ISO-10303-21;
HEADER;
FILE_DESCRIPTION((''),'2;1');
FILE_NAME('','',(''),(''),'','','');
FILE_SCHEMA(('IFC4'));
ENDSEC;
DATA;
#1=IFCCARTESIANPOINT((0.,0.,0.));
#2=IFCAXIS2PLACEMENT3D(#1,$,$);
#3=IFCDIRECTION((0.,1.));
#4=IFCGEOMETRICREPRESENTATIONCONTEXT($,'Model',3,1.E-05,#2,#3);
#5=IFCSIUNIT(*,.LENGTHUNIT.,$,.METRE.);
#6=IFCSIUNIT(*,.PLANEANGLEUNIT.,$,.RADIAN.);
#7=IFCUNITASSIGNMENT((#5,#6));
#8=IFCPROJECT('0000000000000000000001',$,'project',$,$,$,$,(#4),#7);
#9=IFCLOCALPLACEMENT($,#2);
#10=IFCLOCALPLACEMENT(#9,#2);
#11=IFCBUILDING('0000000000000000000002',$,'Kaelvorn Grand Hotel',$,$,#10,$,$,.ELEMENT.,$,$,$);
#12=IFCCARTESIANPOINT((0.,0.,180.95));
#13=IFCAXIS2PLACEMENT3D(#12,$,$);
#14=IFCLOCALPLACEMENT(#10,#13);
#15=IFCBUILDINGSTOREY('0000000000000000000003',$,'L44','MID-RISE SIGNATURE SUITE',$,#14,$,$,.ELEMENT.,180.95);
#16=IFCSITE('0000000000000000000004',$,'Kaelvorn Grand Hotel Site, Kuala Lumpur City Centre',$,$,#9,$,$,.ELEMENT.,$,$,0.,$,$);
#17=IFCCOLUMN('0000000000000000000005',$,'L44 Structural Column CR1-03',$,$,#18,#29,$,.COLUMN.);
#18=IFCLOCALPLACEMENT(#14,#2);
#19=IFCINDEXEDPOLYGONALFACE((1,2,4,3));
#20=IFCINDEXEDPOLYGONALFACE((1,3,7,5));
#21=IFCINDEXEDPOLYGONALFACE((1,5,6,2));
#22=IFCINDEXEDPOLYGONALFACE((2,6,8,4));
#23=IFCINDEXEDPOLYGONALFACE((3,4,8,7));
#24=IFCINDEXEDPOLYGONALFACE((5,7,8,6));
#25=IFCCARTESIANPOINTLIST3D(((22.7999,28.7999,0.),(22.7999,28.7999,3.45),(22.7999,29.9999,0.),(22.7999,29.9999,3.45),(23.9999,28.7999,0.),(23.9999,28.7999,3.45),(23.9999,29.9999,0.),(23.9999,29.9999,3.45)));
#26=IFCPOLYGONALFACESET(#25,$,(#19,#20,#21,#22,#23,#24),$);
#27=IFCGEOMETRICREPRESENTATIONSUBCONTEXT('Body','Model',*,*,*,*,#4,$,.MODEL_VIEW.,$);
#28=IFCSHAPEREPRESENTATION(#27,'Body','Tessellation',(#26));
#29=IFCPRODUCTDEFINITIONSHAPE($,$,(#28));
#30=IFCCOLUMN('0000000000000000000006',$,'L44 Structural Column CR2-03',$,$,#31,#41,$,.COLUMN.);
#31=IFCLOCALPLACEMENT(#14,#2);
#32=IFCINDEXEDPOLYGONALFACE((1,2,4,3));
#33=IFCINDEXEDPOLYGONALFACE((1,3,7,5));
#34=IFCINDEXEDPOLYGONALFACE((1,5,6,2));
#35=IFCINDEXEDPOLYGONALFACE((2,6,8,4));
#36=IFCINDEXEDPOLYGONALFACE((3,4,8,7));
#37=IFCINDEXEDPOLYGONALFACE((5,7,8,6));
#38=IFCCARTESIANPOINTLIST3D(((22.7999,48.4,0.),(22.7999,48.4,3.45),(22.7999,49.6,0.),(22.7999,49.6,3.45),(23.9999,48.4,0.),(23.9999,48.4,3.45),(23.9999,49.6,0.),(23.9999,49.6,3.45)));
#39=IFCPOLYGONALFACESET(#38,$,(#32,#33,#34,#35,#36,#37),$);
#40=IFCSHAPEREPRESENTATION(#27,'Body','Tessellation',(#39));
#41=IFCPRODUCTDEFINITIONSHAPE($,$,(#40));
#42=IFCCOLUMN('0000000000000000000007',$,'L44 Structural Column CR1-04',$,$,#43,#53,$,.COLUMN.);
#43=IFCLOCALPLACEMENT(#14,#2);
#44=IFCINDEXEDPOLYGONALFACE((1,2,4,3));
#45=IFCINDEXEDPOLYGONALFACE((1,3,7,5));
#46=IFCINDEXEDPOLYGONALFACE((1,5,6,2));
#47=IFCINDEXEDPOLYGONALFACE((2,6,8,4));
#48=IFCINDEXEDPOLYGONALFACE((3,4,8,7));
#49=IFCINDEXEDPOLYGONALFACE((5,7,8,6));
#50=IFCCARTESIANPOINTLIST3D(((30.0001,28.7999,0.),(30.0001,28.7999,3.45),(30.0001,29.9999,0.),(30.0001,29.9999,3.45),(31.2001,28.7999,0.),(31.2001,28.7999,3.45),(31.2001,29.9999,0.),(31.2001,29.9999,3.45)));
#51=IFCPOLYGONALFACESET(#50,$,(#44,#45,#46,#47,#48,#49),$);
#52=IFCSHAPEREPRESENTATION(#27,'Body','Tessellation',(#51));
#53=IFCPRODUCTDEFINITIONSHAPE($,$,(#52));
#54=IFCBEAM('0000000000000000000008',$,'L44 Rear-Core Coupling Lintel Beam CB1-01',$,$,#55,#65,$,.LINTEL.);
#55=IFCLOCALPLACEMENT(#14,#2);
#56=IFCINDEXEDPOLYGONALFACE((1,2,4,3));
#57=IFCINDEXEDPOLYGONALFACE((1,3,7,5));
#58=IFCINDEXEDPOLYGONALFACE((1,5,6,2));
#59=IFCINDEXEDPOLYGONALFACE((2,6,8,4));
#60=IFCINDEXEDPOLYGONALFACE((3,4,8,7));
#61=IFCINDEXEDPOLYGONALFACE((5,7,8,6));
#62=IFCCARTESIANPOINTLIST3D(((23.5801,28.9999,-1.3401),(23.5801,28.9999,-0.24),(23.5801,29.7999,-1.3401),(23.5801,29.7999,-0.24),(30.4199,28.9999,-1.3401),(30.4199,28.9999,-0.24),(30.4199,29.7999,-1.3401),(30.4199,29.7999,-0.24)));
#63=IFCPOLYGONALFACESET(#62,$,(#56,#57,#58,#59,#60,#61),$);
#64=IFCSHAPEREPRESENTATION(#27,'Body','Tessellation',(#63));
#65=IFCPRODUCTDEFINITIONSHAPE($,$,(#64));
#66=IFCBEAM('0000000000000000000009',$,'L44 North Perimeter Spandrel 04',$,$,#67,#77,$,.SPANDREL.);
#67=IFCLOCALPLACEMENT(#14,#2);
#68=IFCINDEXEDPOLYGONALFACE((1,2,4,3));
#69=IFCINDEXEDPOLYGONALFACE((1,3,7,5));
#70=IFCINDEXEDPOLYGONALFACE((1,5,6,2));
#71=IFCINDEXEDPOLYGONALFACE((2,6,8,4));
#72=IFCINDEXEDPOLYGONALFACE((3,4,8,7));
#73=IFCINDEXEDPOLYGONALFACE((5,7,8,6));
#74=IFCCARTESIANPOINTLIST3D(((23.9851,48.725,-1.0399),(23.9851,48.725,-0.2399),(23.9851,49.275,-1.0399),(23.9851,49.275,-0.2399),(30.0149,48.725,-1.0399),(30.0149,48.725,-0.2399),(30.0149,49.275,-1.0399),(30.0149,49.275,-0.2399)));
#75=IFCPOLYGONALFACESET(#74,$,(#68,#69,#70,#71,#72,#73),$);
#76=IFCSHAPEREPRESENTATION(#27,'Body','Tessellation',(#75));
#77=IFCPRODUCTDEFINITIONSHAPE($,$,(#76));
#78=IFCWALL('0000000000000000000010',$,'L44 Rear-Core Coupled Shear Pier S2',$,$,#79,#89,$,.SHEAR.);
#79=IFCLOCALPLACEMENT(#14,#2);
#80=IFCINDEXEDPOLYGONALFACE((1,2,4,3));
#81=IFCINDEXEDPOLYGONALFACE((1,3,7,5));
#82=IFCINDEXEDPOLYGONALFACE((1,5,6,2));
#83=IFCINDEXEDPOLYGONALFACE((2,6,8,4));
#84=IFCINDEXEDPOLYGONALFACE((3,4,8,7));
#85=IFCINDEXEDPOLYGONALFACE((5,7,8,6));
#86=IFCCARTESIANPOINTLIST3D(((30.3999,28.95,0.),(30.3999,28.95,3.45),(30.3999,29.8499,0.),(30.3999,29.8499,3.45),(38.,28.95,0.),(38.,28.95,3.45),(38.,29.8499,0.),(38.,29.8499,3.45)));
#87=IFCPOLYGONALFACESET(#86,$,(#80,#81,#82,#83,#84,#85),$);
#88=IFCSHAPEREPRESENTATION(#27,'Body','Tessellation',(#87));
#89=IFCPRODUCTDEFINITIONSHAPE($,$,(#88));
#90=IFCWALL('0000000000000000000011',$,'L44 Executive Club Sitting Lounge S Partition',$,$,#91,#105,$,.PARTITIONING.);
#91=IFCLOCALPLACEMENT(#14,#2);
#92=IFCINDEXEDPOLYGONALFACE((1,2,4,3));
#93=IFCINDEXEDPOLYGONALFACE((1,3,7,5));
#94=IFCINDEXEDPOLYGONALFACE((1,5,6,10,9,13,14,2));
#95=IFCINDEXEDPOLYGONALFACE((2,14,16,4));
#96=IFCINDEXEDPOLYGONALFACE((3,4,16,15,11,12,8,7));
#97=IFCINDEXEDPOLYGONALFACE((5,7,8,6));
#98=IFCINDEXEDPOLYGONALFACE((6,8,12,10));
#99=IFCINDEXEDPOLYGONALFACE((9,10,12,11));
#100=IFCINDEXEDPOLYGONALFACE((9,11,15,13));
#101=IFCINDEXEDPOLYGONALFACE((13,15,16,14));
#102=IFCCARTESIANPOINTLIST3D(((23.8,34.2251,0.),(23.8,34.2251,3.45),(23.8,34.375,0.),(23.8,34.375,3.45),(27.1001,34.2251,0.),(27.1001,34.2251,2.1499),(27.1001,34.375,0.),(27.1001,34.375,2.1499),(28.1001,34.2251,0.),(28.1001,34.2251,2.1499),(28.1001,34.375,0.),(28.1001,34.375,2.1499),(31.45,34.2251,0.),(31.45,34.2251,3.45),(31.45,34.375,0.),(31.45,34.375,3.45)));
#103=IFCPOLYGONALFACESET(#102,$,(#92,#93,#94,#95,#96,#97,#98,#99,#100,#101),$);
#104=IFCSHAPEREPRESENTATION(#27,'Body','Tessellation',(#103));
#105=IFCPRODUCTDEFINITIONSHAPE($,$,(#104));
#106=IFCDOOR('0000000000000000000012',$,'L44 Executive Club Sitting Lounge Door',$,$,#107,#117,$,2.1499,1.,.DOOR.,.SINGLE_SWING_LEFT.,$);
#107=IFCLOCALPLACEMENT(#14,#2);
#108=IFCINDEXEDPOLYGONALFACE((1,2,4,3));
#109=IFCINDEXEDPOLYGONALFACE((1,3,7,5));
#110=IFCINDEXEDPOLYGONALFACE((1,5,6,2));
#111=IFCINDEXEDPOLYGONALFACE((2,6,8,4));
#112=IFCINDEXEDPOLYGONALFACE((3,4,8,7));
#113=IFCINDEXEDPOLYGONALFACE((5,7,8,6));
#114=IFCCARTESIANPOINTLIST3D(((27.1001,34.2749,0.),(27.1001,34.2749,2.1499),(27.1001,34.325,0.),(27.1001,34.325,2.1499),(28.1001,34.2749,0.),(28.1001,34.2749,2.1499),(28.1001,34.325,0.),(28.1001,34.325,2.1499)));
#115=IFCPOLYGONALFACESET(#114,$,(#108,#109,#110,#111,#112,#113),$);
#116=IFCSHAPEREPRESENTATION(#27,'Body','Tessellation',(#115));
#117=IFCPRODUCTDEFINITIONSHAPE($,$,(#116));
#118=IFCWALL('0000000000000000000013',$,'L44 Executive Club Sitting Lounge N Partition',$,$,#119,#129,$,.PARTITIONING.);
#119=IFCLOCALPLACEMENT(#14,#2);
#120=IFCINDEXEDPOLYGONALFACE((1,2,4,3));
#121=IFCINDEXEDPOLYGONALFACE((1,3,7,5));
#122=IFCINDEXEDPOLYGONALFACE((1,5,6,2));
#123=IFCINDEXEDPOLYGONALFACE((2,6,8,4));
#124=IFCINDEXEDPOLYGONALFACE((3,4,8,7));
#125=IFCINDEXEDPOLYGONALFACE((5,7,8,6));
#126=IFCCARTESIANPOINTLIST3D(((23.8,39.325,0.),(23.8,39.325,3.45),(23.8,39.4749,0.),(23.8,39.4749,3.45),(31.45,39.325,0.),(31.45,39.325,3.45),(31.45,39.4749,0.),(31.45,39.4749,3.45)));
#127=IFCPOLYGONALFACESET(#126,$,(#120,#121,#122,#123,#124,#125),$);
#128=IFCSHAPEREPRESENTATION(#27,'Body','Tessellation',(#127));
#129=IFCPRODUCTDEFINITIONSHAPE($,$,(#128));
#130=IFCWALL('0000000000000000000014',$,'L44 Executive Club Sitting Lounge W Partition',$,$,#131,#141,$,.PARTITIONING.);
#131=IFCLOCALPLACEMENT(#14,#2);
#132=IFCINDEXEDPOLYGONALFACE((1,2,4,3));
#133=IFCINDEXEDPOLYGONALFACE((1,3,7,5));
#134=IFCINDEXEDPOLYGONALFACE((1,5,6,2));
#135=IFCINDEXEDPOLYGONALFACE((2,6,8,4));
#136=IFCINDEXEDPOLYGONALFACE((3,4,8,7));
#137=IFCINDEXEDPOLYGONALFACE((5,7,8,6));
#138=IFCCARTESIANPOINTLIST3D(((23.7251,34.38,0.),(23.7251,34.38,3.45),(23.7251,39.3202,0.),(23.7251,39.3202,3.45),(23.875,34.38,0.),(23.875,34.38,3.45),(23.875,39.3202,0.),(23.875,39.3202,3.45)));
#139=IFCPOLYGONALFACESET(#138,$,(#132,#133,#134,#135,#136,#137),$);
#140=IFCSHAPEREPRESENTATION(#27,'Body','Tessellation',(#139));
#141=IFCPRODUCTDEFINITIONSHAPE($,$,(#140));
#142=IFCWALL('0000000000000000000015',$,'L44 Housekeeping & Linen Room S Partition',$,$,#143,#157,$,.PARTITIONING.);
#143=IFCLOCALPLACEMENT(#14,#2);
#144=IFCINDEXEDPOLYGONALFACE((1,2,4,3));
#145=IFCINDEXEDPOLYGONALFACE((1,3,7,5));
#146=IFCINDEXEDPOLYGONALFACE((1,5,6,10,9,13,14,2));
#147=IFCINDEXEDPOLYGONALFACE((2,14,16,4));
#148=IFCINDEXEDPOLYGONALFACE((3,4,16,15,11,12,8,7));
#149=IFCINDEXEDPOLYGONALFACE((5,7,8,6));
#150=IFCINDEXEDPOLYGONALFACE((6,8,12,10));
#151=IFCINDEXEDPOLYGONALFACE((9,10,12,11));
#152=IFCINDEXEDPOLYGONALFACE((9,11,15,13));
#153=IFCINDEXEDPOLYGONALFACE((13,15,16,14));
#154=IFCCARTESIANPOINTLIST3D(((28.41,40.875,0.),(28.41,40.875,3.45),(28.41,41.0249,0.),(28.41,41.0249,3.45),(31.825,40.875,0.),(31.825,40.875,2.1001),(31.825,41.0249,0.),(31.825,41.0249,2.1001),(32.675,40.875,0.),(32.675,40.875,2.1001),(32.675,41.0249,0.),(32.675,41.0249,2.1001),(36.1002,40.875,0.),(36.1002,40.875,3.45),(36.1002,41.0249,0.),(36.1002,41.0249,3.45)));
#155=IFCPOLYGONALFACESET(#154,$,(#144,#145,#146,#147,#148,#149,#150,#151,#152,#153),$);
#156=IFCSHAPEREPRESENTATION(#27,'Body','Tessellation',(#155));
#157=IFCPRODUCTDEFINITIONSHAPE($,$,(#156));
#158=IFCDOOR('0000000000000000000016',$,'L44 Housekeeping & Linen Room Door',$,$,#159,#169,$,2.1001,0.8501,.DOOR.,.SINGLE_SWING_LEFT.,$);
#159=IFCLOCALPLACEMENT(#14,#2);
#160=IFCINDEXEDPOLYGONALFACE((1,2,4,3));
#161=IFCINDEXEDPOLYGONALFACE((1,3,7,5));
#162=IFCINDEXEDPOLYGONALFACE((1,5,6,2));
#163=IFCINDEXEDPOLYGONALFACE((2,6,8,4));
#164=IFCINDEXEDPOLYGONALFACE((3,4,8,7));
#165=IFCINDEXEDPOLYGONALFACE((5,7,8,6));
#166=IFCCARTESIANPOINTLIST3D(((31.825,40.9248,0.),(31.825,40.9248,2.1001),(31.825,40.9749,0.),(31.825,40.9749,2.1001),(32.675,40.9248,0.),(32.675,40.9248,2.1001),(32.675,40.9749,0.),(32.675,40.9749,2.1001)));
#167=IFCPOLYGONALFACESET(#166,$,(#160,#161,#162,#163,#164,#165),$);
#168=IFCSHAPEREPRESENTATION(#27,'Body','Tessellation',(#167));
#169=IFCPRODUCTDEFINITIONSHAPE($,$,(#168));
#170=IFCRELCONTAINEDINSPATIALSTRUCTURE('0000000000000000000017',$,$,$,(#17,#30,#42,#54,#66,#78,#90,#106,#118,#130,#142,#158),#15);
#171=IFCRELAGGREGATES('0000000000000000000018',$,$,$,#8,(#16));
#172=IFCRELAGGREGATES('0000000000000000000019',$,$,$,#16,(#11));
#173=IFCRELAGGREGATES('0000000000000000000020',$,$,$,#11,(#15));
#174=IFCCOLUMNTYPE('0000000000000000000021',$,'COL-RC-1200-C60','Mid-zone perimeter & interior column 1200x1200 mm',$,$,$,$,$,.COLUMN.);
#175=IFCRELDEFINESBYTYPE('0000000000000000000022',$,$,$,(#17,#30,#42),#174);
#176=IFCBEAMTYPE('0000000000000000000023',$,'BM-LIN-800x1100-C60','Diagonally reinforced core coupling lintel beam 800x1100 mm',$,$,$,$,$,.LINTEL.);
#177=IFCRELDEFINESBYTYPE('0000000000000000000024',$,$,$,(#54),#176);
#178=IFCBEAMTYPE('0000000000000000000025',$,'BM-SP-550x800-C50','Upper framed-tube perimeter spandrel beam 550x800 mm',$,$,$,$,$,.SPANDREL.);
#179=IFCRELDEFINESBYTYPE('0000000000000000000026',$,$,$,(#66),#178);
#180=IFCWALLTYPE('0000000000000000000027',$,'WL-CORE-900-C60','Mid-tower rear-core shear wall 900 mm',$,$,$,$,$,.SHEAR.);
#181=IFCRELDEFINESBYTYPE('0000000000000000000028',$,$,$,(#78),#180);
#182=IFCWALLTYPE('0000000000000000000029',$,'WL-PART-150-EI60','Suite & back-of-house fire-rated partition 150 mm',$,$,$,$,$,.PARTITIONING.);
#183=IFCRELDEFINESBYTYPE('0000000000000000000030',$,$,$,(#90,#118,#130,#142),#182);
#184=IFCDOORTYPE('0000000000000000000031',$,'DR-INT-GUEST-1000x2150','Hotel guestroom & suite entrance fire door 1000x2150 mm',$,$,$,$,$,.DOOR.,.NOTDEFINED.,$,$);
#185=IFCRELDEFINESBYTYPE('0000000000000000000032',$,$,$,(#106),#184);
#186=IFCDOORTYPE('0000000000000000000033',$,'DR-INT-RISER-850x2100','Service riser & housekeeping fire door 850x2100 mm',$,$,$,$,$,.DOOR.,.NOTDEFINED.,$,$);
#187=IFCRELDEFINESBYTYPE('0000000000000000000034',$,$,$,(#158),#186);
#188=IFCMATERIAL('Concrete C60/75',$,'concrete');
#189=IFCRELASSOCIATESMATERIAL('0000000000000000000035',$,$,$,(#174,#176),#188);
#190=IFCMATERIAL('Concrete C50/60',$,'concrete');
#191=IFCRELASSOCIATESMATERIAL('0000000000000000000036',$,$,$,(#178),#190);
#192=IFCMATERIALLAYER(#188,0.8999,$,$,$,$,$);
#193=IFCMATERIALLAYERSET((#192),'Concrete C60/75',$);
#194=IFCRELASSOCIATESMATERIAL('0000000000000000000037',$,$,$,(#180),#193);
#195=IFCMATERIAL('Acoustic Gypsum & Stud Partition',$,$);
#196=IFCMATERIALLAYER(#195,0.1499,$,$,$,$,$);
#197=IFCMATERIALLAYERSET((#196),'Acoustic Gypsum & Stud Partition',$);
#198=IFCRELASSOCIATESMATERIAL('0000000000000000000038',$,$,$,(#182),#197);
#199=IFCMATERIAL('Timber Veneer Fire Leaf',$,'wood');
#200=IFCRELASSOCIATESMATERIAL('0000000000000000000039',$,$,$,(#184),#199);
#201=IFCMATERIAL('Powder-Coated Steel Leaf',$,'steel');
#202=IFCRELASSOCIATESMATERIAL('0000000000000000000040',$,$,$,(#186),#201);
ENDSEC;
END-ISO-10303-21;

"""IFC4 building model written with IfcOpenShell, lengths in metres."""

from ifc_helpers import new_model, si_unit, direction, frame, frame_2d, origin, origin_2d, place, context, subcontext, project, spatial, rectangle, extrude, material, layer, layer_set, material_profile, profile_set, type_object, element, fill, save


model = new_model("IFC4")

# Units and contexts
model_context = context("Model", 3, precision=1e-05, world=origin(), true_north=direction((0.0, 1.0)))
body_context = subcontext(model_context, "Body", "Model", "MODEL_VIEW")
ifc_project = project(units=[si_unit("LENGTHUNIT", "METRE"), si_unit("PLANEANGLEUNIT", "RADIAN")], contexts=[model_context])

# Site, building, storey
site_placement = place(None, origin())
site = spatial("IfcSite", under=ifc_project, at=site_placement, Name="Kaelvorn Grand Hotel Site, Kuala Lumpur City Centre", CompositionType="ELEMENT", RefElevation=0.0)
building_placement = place(site_placement, origin())
building = spatial("IfcBuilding", under=site, at=building_placement, Name="Kaelvorn Grand Hotel", CompositionType="ELEMENT")
storey_placement = place(building_placement, frame((0.0, 0.0, 180.95)))
storey = spatial("IfcBuildingStorey", under=building, at=storey_placement, Name="L44", Description="MID-RISE SIGNATURE SUITE", CompositionType="ELEMENT", Elevation=180.95)

# Columns
ifc_material_1 = material(Name="Concrete C60/75", Category="concrete")
ifc_material_profile_1 = material_profile(ifc_material_1, rectangle(XDim=1.2, YDim=1.2, at=origin_2d()), Name="RC COL 1200x1200")
ifc_profile_set_1 = profile_set([ifc_material_profile_1], Name="Concrete C60/75")
column_type = type_object("IfcColumnType", Name="COL-RC-1200-C60", Description="Mid-zone perimeter & interior column 1200x1200 mm", PredefinedType="COLUMN", material=ifc_profile_set_1)
for number, where, z_axis, x_axis, name in (
    (1, (23.3999, 29.3999, 0.0), (0.0, 0.0, 1.0), (1.0, 0.0, 0.0), "L44 Structural Column CR1-03"),
    (2, (23.3999, 49.0, 0.0), (0.0, 0.0, 1.0), (1.0, 0.0, 0.0), "L44 Structural Column CR2-03"),
    (3, (30.6001, 29.3999, 0.0), (0.0, 0.0, 1.0), (1.0, 0.0, 0.0), "L44 Structural Column CR1-04"),
):
    element("IfcColumn", number, at=place(storey_placement, frame(where, z_axis=z_axis, x_axis=x_axis)), inside=storey, type_object=column_type, Name=name, PredefinedType="COLUMN", context=body_context, shape_type="SweptSolid", body=[
        extrude(rectangle(XDim=1.2, YDim=1.2, at=origin_2d()), origin(), (0.0, 0.0, 1.0), 3.45),
    ])

# Beams
ifc_material_profile_2 = material_profile(ifc_material_1, rectangle(XDim=0.8, YDim=1.1001, at=origin_2d()), Name="RC LINTEL 800x1100")
ifc_profile_set_2 = profile_set([ifc_material_profile_2], Name="Concrete C60/75")
beam_type_1 = type_object("IfcBeamType", Name="BM-LIN-800x1100-C60", Description="Diagonally reinforced core coupling lintel beam 800x1100 mm", PredefinedType="LINTEL", material=ifc_profile_set_2)
beam_1_placement = place(storey_placement, frame((23.5801, 29.3999, -0.79), z_axis=(1.0, 0.0, 0.0), x_axis=(0.0, 1.0, 0.0)))
element("IfcBeam", 4, at=beam_1_placement, inside=storey, type_object=beam_type_1, Name="L44 Rear-Core Coupling Lintel Beam CB1-01", PredefinedType="LINTEL", context=body_context, shape_type="SweptSolid", body=[
    extrude(rectangle(XDim=0.8, YDim=1.1001, at=origin_2d()), origin(), (0.0, 0.0, 1.0), 6.8398),
])
ifc_material_2 = material(Name="Concrete C50/60", Category="concrete")
ifc_material_profile_3 = material_profile(ifc_material_2, rectangle(XDim=0.55, YDim=0.8, at=origin_2d()), Name="RC SPANDREL 550x800")
ifc_profile_set_3 = profile_set([ifc_material_profile_3], Name="Concrete C50/60")
beam_type_2 = type_object("IfcBeamType", Name="BM-SP-550x800-C50", Description="Upper framed-tube perimeter spandrel beam 550x800 mm", PredefinedType="SPANDREL", material=ifc_profile_set_3)
beam_2_placement = place(storey_placement, frame((23.9851, 49.0, -0.6399), z_axis=(1.0, 0.0, 0.0), x_axis=(0.0, 1.0, 0.0)))
element("IfcBeam", 5, at=beam_2_placement, inside=storey, type_object=beam_type_2, Name="L44 North Perimeter Spandrel 04", PredefinedType="SPANDREL", context=body_context, shape_type="SweptSolid", body=[
    extrude(rectangle(XDim=0.55, YDim=0.8, at=origin_2d()), origin(), (0.0, 0.0, 1.0), 6.0298),
])

# Wall
ifc_layer_1 = layer(ifc_material_1, 0.8999)
ifc_layer_set_1 = layer_set([ifc_layer_1], Name="Concrete C60/75")
wall_type_1 = type_object("IfcWallType", Name="WL-CORE-900-C60", Description="Mid-tower rear-core shear wall 900 mm", PredefinedType="SHEAR", material=ifc_layer_set_1)
wall_1_placement = place(storey_placement, frame((30.3999, 29.3999, 0.0), z_axis=(0.0, 0.0, 1.0), x_axis=(1.0, 0.0, 0.0)))
element("IfcWall", 6, at=wall_1_placement, inside=storey, type_object=wall_type_1, Name="L44 Rear-Core Coupled Shear Pier S2", PredefinedType="SHEAR", context=body_context, shape_type="SweptSolid", body=[
    extrude(rectangle(XDim=7.6001, YDim=0.8999, at=frame_2d((3.8, 0.0))), origin(), (0.0, 0.0, 1.0), 3.45),
])

# Wall, opening, door
ifc_material_3 = material(Name="Acoustic Gypsum & Stud Partition")
ifc_layer_2 = layer(ifc_material_3, 0.1499)
ifc_layer_set_2 = layer_set([ifc_layer_2], Name="Acoustic Gypsum & Stud Partition")
wall_type_2 = type_object("IfcWallType", Name="WL-PART-150-EI60", Description="Suite & back-of-house fire-rated partition 150 mm", PredefinedType="PARTITIONING", material=ifc_layer_set_2)
wall_2_placement = place(storey_placement, frame((23.8, 34.3, 0.0), z_axis=(0.0, 0.0, 1.0), x_axis=(1.0, 0.0, 0.0)))
wall_2 = element("IfcWall", 7, at=wall_2_placement, inside=storey, type_object=wall_type_2, Name="L44 Executive Club Sitting Lounge S Partition", PredefinedType="PARTITIONING", context=body_context, shape_type="SweptSolid", body=[
    extrude(rectangle(XDim=7.6499, YDim=0.1499, at=frame_2d((3.825, 0.0))), origin(), (0.0, 0.0, 1.0), 3.45),
])
opening_1_placement = place(wall_2_placement, frame((3.3, 0.0, 0.0)))
opening_1 = element("IfcOpeningElement", 8, at=opening_1_placement, cuts=wall_2, PredefinedType="OPENING", context=body_context, shape_type="SweptSolid", body=[
    extrude(rectangle(XDim=1.0, YDim=2.1499, at=frame_2d((0.5, 1.075))), frame((0.0, 0.085, 0.0), z_axis=(0.0, -1.0, 0.0), x_axis=(1.0, 0.0, 0.0)), (0.0, 0.0, 1.0), 0.1699),
])
ifc_material_4 = material(Name="Timber Veneer Fire Leaf", Category="wood")
door_type_1 = type_object("IfcDoorType", Name="DR-INT-GUEST-1000x2150", Description="Hotel guestroom & suite entrance fire door 1000x2150 mm", OperationType="NOTDEFINED", PredefinedType="DOOR", material=ifc_material_4)
door_1_placement = place(opening_1_placement, origin())
door_1 = element("IfcDoor", 9, at=door_1_placement, inside=storey, type_object=door_type_1, Name="L44 Executive Club Sitting Lounge Door", OperationType="SINGLE_SWING_LEFT", OverallHeight=2.1499, OverallWidth=1.0, PredefinedType="DOOR", context=body_context, shape_type="SweptSolid", body=[
    extrude(rectangle(XDim=1.0, YDim=2.1499, at=frame_2d((0.5, 1.075))), frame((0.0, 0.0249, 0.0), z_axis=(0.0, -1.0, 0.0), x_axis=(1.0, 0.0, 0.0)), (0.0, 0.0, 1.0), 0.05),
])
fill(opening_1, door_1)

# Walls
wall_3_placement = place(storey_placement, frame((23.8, 39.3999, 0.0), z_axis=(0.0, 0.0, 1.0), x_axis=(1.0, 0.0, 0.0)))
element("IfcWall", 10, at=wall_3_placement, inside=storey, type_object=wall_type_2, Name="L44 Executive Club Sitting Lounge N Partition", PredefinedType="PARTITIONING", context=body_context, shape_type="SweptSolid", body=[
    extrude(rectangle(XDim=7.6499, YDim=0.1499, at=frame_2d((3.825, 0.0))), origin(), (0.0, 0.0, 1.0), 3.45),
])
wall_4_placement = place(storey_placement, frame((23.8, 34.3799, 0.0), z_axis=(0.0, 0.0, 1.0), x_axis=(0.0, 1.0, 0.0)))
element("IfcWall", 11, at=wall_4_placement, inside=storey, type_object=wall_type_2, Name="L44 Executive Club Sitting Lounge W Partition", PredefinedType="PARTITIONING", context=body_context, shape_type="SweptSolid", body=[
    extrude(rectangle(XDim=4.9402, YDim=0.1499, at=frame_2d((2.4702, 0.0))), origin(), (0.0, 0.0, 1.0), 3.45),
])

# Wall, opening, door
wall_5_placement = place(storey_placement, frame((28.4099, 40.95, 0.0), z_axis=(0.0, 0.0, 1.0), x_axis=(1.0, 0.0, 0.0)))
wall_5 = element("IfcWall", 12, at=wall_5_placement, inside=storey, type_object=wall_type_2, Name="L44 Housekeeping & Linen Room S Partition", PredefinedType="PARTITIONING", context=body_context, shape_type="SweptSolid", body=[
    extrude(rectangle(XDim=7.6902, YDim=0.1499, at=frame_2d((3.8452, 0.0))), origin(), (0.0, 0.0, 1.0), 3.45),
])
opening_2_placement = place(wall_5_placement, frame((3.415, 0.0, 0.0)))
opening_2 = element("IfcOpeningElement", 13, at=opening_2_placement, cuts=wall_5, PredefinedType="OPENING", context=body_context, shape_type="SweptSolid", body=[
    extrude(rectangle(XDim=0.8501, YDim=2.1001, at=frame_2d((0.425, 1.05))), frame((0.0, 0.085, 0.0), z_axis=(0.0, -1.0, 0.0), x_axis=(1.0, 0.0, 0.0)), (0.0, 0.0, 1.0), 0.1699),
])
ifc_material_5 = material(Name="Powder-Coated Steel Leaf", Category="steel")
door_type_2 = type_object("IfcDoorType", Name="DR-INT-RISER-850x2100", Description="Service riser & housekeeping fire door 850x2100 mm", OperationType="NOTDEFINED", PredefinedType="DOOR", material=ifc_material_5)
door_2_placement = place(opening_2_placement, origin())
door_2 = element("IfcDoor", 14, at=door_2_placement, inside=storey, type_object=door_type_2, Name="L44 Housekeeping & Linen Room Door", OperationType="SINGLE_SWING_LEFT", OverallHeight=2.1001, OverallWidth=0.8501, PredefinedType="DOOR", context=body_context, shape_type="SweptSolid", body=[
    extrude(rectangle(XDim=0.8501, YDim=2.1001, at=frame_2d((0.425, 1.05))), frame((0.0, 0.0249, 0.0), z_axis=(0.0, -1.0, 0.0), x_axis=(1.0, 0.0, 0.0)), (0.0, 0.0, 1.0), 0.05),
])
fill(opening_2, door_2)

save(model, "model.ifc")
